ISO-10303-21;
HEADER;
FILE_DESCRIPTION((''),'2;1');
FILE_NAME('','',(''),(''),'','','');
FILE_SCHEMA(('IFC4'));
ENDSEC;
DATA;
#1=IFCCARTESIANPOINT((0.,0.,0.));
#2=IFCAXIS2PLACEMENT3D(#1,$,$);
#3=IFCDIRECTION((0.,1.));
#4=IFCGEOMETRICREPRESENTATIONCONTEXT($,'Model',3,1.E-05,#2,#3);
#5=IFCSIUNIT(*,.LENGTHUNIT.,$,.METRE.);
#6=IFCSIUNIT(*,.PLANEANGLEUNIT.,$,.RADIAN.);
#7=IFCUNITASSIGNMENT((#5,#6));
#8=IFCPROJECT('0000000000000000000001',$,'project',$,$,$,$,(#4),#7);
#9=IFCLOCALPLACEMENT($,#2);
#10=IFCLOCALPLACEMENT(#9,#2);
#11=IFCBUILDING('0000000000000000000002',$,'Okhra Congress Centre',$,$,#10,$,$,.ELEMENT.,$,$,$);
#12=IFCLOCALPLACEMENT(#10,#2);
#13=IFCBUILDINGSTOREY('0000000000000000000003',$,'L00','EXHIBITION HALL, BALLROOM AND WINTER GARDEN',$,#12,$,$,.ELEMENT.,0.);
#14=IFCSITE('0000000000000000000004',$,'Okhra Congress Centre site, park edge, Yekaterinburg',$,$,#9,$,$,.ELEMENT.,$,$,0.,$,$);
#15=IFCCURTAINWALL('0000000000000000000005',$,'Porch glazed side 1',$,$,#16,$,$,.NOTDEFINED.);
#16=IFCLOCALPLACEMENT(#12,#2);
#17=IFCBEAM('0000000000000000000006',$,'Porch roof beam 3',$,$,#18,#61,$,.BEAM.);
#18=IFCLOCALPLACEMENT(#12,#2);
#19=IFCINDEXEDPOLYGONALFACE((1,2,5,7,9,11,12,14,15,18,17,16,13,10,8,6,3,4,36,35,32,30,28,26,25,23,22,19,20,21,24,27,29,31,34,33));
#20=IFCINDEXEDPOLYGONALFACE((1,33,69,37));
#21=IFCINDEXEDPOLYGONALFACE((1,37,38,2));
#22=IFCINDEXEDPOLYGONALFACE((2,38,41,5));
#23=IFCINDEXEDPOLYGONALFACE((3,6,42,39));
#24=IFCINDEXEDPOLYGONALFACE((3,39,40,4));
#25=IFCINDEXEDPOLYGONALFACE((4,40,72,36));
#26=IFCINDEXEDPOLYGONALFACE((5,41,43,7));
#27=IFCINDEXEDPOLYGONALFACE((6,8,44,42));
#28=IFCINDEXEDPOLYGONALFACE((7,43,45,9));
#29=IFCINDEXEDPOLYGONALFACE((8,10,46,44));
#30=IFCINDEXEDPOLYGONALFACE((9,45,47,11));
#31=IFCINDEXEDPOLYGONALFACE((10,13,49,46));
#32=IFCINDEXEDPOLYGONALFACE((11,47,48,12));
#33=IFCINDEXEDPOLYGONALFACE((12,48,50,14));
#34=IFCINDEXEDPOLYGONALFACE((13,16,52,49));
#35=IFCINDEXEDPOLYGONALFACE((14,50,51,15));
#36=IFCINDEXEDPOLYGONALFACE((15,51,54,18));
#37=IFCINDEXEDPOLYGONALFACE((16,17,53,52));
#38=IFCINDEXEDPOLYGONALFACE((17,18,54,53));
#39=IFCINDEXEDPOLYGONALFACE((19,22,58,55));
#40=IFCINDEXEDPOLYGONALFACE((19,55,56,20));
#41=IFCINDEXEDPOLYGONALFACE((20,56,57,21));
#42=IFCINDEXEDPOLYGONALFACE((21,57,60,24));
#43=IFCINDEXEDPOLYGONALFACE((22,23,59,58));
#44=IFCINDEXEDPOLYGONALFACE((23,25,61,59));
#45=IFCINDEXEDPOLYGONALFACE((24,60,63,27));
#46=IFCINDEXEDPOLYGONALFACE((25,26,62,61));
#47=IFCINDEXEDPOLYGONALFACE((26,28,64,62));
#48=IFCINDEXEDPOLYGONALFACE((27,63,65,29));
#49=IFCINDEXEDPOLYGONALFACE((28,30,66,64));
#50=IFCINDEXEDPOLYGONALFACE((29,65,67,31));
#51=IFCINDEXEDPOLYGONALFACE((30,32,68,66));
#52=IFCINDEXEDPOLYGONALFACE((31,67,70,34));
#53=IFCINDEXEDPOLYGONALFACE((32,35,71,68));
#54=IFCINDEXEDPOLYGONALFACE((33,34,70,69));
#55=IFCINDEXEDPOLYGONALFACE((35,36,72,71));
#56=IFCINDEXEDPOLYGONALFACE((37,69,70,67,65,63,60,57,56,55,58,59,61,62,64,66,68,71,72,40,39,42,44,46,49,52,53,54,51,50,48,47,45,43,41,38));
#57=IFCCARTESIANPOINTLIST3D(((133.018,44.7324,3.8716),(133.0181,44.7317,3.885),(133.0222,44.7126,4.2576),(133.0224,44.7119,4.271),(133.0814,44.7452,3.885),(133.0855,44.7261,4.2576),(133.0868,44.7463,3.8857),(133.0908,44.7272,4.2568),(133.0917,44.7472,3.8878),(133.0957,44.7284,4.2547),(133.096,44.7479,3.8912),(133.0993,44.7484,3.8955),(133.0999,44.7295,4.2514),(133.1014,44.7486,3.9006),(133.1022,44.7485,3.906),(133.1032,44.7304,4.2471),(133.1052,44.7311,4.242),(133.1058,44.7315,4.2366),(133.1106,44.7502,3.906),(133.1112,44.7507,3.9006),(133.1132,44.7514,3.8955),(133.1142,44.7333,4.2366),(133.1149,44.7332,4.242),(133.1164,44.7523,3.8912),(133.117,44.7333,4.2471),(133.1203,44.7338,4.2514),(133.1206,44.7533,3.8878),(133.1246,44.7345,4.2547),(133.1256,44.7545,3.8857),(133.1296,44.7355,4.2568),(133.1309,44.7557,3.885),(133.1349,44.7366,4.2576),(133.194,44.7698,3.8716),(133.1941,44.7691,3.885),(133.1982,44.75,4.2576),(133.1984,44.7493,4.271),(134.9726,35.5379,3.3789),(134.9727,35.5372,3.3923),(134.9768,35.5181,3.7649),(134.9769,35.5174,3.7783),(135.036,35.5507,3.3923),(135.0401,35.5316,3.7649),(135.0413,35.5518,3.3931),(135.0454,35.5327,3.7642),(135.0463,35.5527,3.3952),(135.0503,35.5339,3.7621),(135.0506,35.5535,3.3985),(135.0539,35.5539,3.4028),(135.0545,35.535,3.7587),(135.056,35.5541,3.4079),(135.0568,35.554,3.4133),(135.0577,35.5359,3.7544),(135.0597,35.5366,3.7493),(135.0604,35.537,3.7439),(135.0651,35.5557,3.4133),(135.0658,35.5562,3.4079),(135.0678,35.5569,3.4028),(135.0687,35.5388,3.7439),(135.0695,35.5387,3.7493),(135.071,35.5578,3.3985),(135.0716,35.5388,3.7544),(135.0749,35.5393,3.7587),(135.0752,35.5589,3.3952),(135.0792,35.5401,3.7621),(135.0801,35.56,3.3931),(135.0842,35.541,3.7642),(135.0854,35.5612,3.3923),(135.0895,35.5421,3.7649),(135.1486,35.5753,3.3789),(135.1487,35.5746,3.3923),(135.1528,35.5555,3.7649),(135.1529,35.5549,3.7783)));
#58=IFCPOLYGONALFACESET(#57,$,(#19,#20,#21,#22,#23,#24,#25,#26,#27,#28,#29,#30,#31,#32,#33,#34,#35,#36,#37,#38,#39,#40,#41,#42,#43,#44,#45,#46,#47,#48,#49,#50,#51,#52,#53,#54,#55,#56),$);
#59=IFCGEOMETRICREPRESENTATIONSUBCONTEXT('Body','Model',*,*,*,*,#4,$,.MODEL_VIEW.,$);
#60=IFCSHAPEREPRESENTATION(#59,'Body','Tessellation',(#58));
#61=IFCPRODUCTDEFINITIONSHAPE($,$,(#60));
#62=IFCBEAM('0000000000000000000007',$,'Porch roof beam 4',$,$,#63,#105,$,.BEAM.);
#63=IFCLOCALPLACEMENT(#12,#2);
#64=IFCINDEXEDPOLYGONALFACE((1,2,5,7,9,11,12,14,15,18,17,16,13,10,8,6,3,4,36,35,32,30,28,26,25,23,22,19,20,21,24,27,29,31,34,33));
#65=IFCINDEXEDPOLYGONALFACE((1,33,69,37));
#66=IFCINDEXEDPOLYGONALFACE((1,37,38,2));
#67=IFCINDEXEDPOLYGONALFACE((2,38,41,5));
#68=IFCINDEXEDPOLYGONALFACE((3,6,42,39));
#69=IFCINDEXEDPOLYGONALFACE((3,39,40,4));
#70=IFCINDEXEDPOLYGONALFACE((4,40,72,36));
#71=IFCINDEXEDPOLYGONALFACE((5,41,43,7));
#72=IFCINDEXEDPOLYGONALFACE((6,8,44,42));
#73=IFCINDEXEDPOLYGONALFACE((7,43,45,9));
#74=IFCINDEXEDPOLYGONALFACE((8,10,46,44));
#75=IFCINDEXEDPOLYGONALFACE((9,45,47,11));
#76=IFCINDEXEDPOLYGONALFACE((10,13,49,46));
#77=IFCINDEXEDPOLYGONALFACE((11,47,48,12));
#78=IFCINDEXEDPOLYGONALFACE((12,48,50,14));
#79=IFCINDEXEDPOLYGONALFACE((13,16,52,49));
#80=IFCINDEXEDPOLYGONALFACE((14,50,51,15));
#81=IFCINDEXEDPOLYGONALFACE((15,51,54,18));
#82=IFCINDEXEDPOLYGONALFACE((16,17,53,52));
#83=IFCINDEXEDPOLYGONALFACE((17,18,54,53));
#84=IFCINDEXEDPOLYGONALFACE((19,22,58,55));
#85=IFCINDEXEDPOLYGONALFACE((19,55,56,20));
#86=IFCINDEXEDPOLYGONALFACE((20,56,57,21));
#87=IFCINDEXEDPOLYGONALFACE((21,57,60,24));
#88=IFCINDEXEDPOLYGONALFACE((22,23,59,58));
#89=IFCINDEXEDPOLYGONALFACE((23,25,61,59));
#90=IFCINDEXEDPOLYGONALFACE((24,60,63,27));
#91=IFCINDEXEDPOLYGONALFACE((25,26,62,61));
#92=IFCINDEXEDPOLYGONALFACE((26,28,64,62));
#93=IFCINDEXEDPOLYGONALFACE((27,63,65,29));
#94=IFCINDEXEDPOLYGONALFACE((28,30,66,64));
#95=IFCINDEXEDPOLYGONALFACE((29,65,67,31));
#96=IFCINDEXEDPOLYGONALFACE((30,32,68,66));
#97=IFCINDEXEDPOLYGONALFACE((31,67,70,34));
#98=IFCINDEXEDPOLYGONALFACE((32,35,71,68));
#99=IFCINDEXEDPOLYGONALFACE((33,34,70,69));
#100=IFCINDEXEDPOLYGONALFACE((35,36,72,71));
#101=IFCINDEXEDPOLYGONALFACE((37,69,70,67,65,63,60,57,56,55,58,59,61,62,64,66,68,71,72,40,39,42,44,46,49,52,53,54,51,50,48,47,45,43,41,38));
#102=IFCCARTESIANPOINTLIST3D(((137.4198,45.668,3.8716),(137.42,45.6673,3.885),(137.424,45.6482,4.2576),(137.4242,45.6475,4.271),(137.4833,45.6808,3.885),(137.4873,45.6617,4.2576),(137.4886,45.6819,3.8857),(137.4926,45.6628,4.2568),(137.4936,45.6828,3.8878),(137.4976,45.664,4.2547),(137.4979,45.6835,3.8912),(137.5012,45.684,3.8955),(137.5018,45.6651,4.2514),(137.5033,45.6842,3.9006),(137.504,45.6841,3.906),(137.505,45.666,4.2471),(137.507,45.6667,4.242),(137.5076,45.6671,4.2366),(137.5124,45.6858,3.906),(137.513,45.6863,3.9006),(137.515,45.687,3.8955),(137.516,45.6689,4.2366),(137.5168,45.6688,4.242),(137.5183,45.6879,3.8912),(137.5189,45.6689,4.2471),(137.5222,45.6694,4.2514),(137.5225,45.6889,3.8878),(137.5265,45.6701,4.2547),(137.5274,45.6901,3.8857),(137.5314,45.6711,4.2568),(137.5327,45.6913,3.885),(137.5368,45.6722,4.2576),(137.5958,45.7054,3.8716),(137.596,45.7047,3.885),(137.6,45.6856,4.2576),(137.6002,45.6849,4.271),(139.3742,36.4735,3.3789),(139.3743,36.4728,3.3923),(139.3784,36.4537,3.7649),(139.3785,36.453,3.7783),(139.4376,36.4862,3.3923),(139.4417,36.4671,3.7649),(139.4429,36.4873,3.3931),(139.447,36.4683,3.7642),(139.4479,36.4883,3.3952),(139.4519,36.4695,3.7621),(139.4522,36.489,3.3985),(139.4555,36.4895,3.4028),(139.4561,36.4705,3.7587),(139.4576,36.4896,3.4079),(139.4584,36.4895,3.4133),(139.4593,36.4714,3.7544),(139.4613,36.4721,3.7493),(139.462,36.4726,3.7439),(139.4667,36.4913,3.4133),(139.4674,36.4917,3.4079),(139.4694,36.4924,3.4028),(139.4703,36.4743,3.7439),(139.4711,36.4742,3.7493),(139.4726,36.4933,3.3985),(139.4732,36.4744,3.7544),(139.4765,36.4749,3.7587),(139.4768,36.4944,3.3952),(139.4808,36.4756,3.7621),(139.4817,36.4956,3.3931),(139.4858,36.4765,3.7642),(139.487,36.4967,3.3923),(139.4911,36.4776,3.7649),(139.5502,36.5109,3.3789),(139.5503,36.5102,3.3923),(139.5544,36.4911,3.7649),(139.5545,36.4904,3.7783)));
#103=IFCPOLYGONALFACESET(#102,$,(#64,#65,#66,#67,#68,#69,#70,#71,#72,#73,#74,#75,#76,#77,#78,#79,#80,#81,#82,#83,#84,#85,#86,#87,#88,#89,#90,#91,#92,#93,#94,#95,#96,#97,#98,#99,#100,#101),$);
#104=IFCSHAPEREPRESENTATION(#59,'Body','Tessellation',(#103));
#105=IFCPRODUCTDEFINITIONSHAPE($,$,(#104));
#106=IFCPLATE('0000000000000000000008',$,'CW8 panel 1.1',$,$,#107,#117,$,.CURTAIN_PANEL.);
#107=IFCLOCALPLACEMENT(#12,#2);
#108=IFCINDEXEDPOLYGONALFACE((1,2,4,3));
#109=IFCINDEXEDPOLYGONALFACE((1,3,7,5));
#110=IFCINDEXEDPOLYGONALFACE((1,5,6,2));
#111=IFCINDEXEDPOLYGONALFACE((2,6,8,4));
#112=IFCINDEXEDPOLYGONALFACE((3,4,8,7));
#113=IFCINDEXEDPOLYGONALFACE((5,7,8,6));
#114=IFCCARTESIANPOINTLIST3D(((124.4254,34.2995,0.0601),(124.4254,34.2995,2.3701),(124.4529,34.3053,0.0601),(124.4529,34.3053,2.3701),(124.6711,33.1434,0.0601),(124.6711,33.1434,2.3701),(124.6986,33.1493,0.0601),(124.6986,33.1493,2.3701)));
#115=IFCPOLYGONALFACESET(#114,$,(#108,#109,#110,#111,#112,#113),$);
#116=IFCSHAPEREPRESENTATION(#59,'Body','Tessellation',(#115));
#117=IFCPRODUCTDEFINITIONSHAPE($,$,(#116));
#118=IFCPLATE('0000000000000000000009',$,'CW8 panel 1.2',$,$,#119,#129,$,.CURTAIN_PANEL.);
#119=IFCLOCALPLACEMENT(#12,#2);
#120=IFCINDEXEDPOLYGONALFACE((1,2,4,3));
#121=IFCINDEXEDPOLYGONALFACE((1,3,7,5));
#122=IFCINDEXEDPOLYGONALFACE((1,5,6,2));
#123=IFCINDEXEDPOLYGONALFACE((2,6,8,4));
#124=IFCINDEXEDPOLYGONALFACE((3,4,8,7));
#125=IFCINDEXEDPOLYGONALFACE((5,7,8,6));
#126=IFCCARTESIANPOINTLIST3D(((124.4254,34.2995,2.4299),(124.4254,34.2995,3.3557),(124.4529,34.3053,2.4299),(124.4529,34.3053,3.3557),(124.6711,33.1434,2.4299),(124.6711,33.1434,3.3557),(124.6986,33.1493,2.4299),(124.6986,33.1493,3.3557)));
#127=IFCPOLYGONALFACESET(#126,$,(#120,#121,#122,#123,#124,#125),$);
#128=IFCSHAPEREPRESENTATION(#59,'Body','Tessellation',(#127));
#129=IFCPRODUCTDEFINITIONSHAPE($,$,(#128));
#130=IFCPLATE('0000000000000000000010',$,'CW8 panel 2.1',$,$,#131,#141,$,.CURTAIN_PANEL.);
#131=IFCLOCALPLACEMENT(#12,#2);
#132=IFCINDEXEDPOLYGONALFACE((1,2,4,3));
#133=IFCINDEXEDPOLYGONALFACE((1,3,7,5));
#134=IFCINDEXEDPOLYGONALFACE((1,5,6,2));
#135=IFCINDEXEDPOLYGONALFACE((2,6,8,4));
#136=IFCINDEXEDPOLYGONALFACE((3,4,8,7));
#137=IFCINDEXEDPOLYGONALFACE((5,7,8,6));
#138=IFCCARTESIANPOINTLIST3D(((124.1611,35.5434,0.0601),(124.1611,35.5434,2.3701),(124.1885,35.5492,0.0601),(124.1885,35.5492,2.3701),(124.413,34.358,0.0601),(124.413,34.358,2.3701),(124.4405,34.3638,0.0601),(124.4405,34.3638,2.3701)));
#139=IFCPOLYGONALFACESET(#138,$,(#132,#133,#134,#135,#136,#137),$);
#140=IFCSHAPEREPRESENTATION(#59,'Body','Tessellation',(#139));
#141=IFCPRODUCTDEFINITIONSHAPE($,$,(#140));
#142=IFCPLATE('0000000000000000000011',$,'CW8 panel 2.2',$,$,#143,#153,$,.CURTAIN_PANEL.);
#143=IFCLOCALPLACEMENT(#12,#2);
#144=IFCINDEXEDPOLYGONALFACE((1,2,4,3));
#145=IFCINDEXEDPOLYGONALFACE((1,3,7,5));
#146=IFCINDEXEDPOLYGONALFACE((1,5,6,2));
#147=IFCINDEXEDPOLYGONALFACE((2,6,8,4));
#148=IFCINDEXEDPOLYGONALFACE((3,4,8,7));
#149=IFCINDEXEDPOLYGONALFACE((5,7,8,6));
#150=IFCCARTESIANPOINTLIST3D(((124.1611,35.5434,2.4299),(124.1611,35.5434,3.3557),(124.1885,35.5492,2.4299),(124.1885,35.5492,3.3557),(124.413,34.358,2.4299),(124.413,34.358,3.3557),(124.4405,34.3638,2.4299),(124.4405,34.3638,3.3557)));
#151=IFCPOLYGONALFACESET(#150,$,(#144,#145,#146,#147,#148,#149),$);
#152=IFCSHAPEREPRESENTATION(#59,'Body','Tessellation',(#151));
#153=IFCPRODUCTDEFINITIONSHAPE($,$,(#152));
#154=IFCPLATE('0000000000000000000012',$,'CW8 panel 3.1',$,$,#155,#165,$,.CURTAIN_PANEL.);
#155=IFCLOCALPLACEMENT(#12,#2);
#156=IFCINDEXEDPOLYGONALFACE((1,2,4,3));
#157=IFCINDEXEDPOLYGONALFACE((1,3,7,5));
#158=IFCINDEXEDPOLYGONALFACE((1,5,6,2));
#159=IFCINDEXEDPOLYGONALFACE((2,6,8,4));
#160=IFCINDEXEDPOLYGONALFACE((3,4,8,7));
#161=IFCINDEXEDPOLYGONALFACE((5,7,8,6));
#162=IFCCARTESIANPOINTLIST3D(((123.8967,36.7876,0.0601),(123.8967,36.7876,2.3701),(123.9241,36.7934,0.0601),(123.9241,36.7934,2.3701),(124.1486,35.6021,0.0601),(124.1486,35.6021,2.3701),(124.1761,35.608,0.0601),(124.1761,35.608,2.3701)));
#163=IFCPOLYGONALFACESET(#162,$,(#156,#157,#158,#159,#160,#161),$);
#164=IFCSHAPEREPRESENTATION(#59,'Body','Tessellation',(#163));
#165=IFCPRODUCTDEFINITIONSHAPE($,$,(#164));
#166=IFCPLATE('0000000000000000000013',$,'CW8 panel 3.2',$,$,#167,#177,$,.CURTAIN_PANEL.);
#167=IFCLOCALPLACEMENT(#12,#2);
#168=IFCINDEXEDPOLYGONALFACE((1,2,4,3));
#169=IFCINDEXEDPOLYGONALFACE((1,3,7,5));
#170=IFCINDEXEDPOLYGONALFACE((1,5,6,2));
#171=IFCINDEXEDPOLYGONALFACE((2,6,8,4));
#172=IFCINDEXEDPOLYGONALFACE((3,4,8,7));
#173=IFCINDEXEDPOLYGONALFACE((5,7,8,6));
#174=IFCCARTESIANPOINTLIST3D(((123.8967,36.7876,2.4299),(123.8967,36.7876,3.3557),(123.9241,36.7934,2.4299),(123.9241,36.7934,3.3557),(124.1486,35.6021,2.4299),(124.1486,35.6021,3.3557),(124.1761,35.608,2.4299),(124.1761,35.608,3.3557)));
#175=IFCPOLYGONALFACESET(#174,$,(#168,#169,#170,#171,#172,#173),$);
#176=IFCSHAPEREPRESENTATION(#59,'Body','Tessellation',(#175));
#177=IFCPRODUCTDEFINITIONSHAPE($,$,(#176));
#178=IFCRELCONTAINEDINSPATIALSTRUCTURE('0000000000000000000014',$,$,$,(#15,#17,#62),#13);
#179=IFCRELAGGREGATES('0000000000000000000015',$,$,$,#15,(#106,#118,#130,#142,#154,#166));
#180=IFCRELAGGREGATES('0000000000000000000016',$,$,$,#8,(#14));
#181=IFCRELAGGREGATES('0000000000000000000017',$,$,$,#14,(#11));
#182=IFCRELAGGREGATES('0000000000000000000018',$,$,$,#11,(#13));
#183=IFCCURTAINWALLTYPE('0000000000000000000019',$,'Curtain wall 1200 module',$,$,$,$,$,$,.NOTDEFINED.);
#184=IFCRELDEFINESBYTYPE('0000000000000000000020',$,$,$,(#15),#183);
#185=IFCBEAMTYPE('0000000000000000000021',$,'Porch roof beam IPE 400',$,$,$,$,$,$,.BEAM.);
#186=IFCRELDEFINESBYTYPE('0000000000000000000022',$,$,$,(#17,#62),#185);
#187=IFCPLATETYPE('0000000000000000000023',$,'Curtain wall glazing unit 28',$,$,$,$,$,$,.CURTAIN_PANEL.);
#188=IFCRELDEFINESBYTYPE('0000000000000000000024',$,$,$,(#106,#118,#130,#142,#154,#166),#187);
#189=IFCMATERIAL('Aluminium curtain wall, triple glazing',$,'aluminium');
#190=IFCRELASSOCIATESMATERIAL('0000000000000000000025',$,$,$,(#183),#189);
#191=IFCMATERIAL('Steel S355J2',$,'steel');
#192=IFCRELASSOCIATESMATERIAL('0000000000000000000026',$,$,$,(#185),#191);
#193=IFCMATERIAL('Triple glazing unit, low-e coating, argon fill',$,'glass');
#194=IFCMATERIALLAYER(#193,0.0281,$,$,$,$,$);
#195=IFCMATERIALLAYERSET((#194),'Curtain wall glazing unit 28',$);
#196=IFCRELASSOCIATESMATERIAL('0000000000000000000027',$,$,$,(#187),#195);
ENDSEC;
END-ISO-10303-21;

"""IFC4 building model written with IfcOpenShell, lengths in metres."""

from ifc_helpers import new_model, si_unit, direction, frame, origin, origin_2d, place, context, subcontext, project, spatial, rectangle, i_section, extrude, material, layer, layer_set, material_profile, profile_set, type_object, element, aggregate, save


model = new_model("IFC4")

# Units and contexts
model_context = context("Model", 3, precision=1e-05, world=origin(), true_north=direction((0.0, 1.0)))
body_context = subcontext(model_context, "Body", "Model", "MODEL_VIEW")
ifc_project = project(units=[si_unit("LENGTHUNIT", "METRE"), si_unit("PLANEANGLEUNIT", "RADIAN")], contexts=[model_context])

# Site, building, storey
site_placement = place(None, origin())
site = spatial("IfcSite", under=ifc_project, at=site_placement, Name="Okhra Congress Centre site, park edge, Yekaterinburg", CompositionType="ELEMENT", RefElevation=0.0)
building_placement = place(site_placement, origin())
building = spatial("IfcBuilding", under=site, at=building_placement, Name="Okhra Congress Centre", CompositionType="ELEMENT")
storey_placement = place(building_placement, origin())
storey = spatial("IfcBuildingStorey", under=building, at=storey_placement, Name="L00", Description="EXHIBITION HALL, BALLROOM AND WINTER GARDEN", CompositionType="ELEMENT", Elevation=0.0)

# Curtain wall
ifc_material_1 = material(Name="Aluminium curtain wall, triple glazing", Category="aluminium")
curtain_wall_type = type_object("IfcCurtainWallType", Name="Curtain wall 1200 module", PredefinedType="NOTDEFINED", material=ifc_material_1)
curtain_wall_placement = place(storey_placement, origin())
curtain_wall = element("IfcCurtainWall", 1, at=curtain_wall_placement, inside=storey, type_object=curtain_wall_type, Name="Porch glazed side 1", PredefinedType="NOTDEFINED")

# Beams
ifc_material_2 = material(Name="Steel S355J2", Category="steel")
ifc_material_profile_1 = material_profile(ifc_material_2, i_section(OverallWidth=0.1799, OverallDepth=0.3999, WebThickness=0.0085, FlangeThickness=0.0134, FilletRadius=0.021, at=origin_2d()), Name="IPE 400")
ifc_profile_set_1 = profile_set([ifc_material_profile_1], Name="Steel S355J2")
beam_type = type_object("IfcBeamType", Name="Porch roof beam IPE 400", PredefinedType="BEAM", material=ifc_profile_set_1)
for number, where, z_axis, x_axis, name in (
    (2, (135.0627, 35.5464, 3.5786), (-0.207649, 0.976802, 0.05234), (-0.978143, -0.207934, 0.0), "Porch roof beam 3"),
    (3, (139.4644, 36.4819, 3.5786), (-0.207624, 0.976807, 0.052341), (-0.978148, -0.207909, 0.0), "Porch roof beam 4"),
):
    element("IfcBeam", number, at=place(storey_placement, frame(where, z_axis=z_axis, x_axis=x_axis)), inside=storey, type_object=beam_type, Name=name, PredefinedType="BEAM", context=body_context, shape_type="SweptSolid", body=[
        extrude(i_section(OverallWidth=0.1799, OverallDepth=0.3999, WebThickness=0.0085, FlangeThickness=0.0134, FilletRadius=0.021, at=origin_2d()), origin(), (0.0, 0.0, 1.0), 9.4128),
    ])

# Plates
ifc_material_3 = material(Name="Triple glazing unit, low-e coating, argon fill", Category="glass")
ifc_layer = layer(ifc_material_3, 0.0281)
ifc_layer_set = layer_set([ifc_layer], Name="Curtain wall glazing unit 28")
plate_type = type_object("IfcPlateType", Name="Curtain wall glazing unit 28", PredefinedType="CURTAIN_PANEL", material=ifc_layer_set)
plate_1_placement = place(storey_placement, frame((124.562, 33.7244, 0.0601), z_axis=(0.0, 0.0, 1.0), x_axis=(-0.207912, 0.978148, 0.0)))
plate_1 = element("IfcPlate", 4, at=plate_1_placement, type_object=plate_type, Name="CW8 panel 1.1", PredefinedType="CURTAIN_PANEL", context=body_context, shape_type="SweptSolid", body=[
    extrude(rectangle(XDim=1.1819, YDim=0.0281, at=origin_2d()), origin(), (0.0, 0.0, 1.0), 2.3101),
])
plate_2_placement = place(storey_placement, frame((124.562, 33.7244, 2.4299), z_axis=(0.0, 0.0, 1.0), x_axis=(-0.207912, 0.978148, 0.0)))
plate_2 = element("IfcPlate", 5, at=plate_2_placement, type_object=plate_type, Name="CW8 panel 1.2", PredefinedType="CURTAIN_PANEL", context=body_context, shape_type="SweptSolid", body=[
    extrude(rectangle(XDim=1.1819, YDim=0.0281, at=origin_2d()), origin(), (0.0, 0.0, 1.0), 0.9258),
])
plate_3_placement = place(storey_placement, frame((124.3008, 34.9536, 0.0601), z_axis=(0.0, 0.0, 1.0), x_axis=(-0.207912, 0.978148, 0.0)))
plate_3 = element("IfcPlate", 6, at=plate_3_placement, type_object=plate_type, Name="CW8 panel 2.1", PredefinedType="CURTAIN_PANEL", context=body_context, shape_type="SweptSolid", body=[
    extrude(rectangle(XDim=1.2119, YDim=0.0281, at=origin_2d()), origin(), (0.0, 0.0, 1.0), 2.3101),
])
plate_4_placement = place(storey_placement, frame((124.3008, 34.9536, 2.4299), z_axis=(0.0, 0.0, 1.0), x_axis=(-0.207912, 0.978148, 0.0)))
plate_4 = element("IfcPlate", 7, at=plate_4_placement, type_object=plate_type, Name="CW8 panel 2.2", PredefinedType="CURTAIN_PANEL", context=body_context, shape_type="SweptSolid", body=[
    extrude(rectangle(XDim=1.2119, YDim=0.0281, at=origin_2d()), origin(), (0.0, 0.0, 1.0), 0.9258),
])
plate_5_placement = place(storey_placement, frame((124.0364, 36.1978, 0.0601), z_axis=(0.0, 0.0, 1.0), x_axis=(-0.207912, 0.978148, 0.0)))
plate_5 = element("IfcPlate", 8, at=plate_5_placement, type_object=plate_type, Name="CW8 panel 3.1", PredefinedType="CURTAIN_PANEL", context=body_context, shape_type="SweptSolid", body=[
    extrude(rectangle(XDim=1.2119, YDim=0.0281, at=origin_2d()), origin(), (0.0, 0.0, 1.0), 2.3101),
])
plate_6_placement = place(storey_placement, frame((124.0364, 36.1978, 2.4299), z_axis=(0.0, 0.0, 1.0), x_axis=(-0.207912, 0.978148, 0.0)))
plate_6 = element("IfcPlate", 9, at=plate_6_placement, type_object=plate_type, Name="CW8 panel 3.2", PredefinedType="CURTAIN_PANEL", context=body_context, shape_type="SweptSolid", body=[
    extrude(rectangle(XDim=1.2119, YDim=0.0281, at=origin_2d()), origin(), (0.0, 0.0, 1.0), 0.9258),
])
aggregate(curtain_wall, [plate_1, plate_2, plate_3, plate_4, plate_5, plate_6])

save(model, "model.ifc")
